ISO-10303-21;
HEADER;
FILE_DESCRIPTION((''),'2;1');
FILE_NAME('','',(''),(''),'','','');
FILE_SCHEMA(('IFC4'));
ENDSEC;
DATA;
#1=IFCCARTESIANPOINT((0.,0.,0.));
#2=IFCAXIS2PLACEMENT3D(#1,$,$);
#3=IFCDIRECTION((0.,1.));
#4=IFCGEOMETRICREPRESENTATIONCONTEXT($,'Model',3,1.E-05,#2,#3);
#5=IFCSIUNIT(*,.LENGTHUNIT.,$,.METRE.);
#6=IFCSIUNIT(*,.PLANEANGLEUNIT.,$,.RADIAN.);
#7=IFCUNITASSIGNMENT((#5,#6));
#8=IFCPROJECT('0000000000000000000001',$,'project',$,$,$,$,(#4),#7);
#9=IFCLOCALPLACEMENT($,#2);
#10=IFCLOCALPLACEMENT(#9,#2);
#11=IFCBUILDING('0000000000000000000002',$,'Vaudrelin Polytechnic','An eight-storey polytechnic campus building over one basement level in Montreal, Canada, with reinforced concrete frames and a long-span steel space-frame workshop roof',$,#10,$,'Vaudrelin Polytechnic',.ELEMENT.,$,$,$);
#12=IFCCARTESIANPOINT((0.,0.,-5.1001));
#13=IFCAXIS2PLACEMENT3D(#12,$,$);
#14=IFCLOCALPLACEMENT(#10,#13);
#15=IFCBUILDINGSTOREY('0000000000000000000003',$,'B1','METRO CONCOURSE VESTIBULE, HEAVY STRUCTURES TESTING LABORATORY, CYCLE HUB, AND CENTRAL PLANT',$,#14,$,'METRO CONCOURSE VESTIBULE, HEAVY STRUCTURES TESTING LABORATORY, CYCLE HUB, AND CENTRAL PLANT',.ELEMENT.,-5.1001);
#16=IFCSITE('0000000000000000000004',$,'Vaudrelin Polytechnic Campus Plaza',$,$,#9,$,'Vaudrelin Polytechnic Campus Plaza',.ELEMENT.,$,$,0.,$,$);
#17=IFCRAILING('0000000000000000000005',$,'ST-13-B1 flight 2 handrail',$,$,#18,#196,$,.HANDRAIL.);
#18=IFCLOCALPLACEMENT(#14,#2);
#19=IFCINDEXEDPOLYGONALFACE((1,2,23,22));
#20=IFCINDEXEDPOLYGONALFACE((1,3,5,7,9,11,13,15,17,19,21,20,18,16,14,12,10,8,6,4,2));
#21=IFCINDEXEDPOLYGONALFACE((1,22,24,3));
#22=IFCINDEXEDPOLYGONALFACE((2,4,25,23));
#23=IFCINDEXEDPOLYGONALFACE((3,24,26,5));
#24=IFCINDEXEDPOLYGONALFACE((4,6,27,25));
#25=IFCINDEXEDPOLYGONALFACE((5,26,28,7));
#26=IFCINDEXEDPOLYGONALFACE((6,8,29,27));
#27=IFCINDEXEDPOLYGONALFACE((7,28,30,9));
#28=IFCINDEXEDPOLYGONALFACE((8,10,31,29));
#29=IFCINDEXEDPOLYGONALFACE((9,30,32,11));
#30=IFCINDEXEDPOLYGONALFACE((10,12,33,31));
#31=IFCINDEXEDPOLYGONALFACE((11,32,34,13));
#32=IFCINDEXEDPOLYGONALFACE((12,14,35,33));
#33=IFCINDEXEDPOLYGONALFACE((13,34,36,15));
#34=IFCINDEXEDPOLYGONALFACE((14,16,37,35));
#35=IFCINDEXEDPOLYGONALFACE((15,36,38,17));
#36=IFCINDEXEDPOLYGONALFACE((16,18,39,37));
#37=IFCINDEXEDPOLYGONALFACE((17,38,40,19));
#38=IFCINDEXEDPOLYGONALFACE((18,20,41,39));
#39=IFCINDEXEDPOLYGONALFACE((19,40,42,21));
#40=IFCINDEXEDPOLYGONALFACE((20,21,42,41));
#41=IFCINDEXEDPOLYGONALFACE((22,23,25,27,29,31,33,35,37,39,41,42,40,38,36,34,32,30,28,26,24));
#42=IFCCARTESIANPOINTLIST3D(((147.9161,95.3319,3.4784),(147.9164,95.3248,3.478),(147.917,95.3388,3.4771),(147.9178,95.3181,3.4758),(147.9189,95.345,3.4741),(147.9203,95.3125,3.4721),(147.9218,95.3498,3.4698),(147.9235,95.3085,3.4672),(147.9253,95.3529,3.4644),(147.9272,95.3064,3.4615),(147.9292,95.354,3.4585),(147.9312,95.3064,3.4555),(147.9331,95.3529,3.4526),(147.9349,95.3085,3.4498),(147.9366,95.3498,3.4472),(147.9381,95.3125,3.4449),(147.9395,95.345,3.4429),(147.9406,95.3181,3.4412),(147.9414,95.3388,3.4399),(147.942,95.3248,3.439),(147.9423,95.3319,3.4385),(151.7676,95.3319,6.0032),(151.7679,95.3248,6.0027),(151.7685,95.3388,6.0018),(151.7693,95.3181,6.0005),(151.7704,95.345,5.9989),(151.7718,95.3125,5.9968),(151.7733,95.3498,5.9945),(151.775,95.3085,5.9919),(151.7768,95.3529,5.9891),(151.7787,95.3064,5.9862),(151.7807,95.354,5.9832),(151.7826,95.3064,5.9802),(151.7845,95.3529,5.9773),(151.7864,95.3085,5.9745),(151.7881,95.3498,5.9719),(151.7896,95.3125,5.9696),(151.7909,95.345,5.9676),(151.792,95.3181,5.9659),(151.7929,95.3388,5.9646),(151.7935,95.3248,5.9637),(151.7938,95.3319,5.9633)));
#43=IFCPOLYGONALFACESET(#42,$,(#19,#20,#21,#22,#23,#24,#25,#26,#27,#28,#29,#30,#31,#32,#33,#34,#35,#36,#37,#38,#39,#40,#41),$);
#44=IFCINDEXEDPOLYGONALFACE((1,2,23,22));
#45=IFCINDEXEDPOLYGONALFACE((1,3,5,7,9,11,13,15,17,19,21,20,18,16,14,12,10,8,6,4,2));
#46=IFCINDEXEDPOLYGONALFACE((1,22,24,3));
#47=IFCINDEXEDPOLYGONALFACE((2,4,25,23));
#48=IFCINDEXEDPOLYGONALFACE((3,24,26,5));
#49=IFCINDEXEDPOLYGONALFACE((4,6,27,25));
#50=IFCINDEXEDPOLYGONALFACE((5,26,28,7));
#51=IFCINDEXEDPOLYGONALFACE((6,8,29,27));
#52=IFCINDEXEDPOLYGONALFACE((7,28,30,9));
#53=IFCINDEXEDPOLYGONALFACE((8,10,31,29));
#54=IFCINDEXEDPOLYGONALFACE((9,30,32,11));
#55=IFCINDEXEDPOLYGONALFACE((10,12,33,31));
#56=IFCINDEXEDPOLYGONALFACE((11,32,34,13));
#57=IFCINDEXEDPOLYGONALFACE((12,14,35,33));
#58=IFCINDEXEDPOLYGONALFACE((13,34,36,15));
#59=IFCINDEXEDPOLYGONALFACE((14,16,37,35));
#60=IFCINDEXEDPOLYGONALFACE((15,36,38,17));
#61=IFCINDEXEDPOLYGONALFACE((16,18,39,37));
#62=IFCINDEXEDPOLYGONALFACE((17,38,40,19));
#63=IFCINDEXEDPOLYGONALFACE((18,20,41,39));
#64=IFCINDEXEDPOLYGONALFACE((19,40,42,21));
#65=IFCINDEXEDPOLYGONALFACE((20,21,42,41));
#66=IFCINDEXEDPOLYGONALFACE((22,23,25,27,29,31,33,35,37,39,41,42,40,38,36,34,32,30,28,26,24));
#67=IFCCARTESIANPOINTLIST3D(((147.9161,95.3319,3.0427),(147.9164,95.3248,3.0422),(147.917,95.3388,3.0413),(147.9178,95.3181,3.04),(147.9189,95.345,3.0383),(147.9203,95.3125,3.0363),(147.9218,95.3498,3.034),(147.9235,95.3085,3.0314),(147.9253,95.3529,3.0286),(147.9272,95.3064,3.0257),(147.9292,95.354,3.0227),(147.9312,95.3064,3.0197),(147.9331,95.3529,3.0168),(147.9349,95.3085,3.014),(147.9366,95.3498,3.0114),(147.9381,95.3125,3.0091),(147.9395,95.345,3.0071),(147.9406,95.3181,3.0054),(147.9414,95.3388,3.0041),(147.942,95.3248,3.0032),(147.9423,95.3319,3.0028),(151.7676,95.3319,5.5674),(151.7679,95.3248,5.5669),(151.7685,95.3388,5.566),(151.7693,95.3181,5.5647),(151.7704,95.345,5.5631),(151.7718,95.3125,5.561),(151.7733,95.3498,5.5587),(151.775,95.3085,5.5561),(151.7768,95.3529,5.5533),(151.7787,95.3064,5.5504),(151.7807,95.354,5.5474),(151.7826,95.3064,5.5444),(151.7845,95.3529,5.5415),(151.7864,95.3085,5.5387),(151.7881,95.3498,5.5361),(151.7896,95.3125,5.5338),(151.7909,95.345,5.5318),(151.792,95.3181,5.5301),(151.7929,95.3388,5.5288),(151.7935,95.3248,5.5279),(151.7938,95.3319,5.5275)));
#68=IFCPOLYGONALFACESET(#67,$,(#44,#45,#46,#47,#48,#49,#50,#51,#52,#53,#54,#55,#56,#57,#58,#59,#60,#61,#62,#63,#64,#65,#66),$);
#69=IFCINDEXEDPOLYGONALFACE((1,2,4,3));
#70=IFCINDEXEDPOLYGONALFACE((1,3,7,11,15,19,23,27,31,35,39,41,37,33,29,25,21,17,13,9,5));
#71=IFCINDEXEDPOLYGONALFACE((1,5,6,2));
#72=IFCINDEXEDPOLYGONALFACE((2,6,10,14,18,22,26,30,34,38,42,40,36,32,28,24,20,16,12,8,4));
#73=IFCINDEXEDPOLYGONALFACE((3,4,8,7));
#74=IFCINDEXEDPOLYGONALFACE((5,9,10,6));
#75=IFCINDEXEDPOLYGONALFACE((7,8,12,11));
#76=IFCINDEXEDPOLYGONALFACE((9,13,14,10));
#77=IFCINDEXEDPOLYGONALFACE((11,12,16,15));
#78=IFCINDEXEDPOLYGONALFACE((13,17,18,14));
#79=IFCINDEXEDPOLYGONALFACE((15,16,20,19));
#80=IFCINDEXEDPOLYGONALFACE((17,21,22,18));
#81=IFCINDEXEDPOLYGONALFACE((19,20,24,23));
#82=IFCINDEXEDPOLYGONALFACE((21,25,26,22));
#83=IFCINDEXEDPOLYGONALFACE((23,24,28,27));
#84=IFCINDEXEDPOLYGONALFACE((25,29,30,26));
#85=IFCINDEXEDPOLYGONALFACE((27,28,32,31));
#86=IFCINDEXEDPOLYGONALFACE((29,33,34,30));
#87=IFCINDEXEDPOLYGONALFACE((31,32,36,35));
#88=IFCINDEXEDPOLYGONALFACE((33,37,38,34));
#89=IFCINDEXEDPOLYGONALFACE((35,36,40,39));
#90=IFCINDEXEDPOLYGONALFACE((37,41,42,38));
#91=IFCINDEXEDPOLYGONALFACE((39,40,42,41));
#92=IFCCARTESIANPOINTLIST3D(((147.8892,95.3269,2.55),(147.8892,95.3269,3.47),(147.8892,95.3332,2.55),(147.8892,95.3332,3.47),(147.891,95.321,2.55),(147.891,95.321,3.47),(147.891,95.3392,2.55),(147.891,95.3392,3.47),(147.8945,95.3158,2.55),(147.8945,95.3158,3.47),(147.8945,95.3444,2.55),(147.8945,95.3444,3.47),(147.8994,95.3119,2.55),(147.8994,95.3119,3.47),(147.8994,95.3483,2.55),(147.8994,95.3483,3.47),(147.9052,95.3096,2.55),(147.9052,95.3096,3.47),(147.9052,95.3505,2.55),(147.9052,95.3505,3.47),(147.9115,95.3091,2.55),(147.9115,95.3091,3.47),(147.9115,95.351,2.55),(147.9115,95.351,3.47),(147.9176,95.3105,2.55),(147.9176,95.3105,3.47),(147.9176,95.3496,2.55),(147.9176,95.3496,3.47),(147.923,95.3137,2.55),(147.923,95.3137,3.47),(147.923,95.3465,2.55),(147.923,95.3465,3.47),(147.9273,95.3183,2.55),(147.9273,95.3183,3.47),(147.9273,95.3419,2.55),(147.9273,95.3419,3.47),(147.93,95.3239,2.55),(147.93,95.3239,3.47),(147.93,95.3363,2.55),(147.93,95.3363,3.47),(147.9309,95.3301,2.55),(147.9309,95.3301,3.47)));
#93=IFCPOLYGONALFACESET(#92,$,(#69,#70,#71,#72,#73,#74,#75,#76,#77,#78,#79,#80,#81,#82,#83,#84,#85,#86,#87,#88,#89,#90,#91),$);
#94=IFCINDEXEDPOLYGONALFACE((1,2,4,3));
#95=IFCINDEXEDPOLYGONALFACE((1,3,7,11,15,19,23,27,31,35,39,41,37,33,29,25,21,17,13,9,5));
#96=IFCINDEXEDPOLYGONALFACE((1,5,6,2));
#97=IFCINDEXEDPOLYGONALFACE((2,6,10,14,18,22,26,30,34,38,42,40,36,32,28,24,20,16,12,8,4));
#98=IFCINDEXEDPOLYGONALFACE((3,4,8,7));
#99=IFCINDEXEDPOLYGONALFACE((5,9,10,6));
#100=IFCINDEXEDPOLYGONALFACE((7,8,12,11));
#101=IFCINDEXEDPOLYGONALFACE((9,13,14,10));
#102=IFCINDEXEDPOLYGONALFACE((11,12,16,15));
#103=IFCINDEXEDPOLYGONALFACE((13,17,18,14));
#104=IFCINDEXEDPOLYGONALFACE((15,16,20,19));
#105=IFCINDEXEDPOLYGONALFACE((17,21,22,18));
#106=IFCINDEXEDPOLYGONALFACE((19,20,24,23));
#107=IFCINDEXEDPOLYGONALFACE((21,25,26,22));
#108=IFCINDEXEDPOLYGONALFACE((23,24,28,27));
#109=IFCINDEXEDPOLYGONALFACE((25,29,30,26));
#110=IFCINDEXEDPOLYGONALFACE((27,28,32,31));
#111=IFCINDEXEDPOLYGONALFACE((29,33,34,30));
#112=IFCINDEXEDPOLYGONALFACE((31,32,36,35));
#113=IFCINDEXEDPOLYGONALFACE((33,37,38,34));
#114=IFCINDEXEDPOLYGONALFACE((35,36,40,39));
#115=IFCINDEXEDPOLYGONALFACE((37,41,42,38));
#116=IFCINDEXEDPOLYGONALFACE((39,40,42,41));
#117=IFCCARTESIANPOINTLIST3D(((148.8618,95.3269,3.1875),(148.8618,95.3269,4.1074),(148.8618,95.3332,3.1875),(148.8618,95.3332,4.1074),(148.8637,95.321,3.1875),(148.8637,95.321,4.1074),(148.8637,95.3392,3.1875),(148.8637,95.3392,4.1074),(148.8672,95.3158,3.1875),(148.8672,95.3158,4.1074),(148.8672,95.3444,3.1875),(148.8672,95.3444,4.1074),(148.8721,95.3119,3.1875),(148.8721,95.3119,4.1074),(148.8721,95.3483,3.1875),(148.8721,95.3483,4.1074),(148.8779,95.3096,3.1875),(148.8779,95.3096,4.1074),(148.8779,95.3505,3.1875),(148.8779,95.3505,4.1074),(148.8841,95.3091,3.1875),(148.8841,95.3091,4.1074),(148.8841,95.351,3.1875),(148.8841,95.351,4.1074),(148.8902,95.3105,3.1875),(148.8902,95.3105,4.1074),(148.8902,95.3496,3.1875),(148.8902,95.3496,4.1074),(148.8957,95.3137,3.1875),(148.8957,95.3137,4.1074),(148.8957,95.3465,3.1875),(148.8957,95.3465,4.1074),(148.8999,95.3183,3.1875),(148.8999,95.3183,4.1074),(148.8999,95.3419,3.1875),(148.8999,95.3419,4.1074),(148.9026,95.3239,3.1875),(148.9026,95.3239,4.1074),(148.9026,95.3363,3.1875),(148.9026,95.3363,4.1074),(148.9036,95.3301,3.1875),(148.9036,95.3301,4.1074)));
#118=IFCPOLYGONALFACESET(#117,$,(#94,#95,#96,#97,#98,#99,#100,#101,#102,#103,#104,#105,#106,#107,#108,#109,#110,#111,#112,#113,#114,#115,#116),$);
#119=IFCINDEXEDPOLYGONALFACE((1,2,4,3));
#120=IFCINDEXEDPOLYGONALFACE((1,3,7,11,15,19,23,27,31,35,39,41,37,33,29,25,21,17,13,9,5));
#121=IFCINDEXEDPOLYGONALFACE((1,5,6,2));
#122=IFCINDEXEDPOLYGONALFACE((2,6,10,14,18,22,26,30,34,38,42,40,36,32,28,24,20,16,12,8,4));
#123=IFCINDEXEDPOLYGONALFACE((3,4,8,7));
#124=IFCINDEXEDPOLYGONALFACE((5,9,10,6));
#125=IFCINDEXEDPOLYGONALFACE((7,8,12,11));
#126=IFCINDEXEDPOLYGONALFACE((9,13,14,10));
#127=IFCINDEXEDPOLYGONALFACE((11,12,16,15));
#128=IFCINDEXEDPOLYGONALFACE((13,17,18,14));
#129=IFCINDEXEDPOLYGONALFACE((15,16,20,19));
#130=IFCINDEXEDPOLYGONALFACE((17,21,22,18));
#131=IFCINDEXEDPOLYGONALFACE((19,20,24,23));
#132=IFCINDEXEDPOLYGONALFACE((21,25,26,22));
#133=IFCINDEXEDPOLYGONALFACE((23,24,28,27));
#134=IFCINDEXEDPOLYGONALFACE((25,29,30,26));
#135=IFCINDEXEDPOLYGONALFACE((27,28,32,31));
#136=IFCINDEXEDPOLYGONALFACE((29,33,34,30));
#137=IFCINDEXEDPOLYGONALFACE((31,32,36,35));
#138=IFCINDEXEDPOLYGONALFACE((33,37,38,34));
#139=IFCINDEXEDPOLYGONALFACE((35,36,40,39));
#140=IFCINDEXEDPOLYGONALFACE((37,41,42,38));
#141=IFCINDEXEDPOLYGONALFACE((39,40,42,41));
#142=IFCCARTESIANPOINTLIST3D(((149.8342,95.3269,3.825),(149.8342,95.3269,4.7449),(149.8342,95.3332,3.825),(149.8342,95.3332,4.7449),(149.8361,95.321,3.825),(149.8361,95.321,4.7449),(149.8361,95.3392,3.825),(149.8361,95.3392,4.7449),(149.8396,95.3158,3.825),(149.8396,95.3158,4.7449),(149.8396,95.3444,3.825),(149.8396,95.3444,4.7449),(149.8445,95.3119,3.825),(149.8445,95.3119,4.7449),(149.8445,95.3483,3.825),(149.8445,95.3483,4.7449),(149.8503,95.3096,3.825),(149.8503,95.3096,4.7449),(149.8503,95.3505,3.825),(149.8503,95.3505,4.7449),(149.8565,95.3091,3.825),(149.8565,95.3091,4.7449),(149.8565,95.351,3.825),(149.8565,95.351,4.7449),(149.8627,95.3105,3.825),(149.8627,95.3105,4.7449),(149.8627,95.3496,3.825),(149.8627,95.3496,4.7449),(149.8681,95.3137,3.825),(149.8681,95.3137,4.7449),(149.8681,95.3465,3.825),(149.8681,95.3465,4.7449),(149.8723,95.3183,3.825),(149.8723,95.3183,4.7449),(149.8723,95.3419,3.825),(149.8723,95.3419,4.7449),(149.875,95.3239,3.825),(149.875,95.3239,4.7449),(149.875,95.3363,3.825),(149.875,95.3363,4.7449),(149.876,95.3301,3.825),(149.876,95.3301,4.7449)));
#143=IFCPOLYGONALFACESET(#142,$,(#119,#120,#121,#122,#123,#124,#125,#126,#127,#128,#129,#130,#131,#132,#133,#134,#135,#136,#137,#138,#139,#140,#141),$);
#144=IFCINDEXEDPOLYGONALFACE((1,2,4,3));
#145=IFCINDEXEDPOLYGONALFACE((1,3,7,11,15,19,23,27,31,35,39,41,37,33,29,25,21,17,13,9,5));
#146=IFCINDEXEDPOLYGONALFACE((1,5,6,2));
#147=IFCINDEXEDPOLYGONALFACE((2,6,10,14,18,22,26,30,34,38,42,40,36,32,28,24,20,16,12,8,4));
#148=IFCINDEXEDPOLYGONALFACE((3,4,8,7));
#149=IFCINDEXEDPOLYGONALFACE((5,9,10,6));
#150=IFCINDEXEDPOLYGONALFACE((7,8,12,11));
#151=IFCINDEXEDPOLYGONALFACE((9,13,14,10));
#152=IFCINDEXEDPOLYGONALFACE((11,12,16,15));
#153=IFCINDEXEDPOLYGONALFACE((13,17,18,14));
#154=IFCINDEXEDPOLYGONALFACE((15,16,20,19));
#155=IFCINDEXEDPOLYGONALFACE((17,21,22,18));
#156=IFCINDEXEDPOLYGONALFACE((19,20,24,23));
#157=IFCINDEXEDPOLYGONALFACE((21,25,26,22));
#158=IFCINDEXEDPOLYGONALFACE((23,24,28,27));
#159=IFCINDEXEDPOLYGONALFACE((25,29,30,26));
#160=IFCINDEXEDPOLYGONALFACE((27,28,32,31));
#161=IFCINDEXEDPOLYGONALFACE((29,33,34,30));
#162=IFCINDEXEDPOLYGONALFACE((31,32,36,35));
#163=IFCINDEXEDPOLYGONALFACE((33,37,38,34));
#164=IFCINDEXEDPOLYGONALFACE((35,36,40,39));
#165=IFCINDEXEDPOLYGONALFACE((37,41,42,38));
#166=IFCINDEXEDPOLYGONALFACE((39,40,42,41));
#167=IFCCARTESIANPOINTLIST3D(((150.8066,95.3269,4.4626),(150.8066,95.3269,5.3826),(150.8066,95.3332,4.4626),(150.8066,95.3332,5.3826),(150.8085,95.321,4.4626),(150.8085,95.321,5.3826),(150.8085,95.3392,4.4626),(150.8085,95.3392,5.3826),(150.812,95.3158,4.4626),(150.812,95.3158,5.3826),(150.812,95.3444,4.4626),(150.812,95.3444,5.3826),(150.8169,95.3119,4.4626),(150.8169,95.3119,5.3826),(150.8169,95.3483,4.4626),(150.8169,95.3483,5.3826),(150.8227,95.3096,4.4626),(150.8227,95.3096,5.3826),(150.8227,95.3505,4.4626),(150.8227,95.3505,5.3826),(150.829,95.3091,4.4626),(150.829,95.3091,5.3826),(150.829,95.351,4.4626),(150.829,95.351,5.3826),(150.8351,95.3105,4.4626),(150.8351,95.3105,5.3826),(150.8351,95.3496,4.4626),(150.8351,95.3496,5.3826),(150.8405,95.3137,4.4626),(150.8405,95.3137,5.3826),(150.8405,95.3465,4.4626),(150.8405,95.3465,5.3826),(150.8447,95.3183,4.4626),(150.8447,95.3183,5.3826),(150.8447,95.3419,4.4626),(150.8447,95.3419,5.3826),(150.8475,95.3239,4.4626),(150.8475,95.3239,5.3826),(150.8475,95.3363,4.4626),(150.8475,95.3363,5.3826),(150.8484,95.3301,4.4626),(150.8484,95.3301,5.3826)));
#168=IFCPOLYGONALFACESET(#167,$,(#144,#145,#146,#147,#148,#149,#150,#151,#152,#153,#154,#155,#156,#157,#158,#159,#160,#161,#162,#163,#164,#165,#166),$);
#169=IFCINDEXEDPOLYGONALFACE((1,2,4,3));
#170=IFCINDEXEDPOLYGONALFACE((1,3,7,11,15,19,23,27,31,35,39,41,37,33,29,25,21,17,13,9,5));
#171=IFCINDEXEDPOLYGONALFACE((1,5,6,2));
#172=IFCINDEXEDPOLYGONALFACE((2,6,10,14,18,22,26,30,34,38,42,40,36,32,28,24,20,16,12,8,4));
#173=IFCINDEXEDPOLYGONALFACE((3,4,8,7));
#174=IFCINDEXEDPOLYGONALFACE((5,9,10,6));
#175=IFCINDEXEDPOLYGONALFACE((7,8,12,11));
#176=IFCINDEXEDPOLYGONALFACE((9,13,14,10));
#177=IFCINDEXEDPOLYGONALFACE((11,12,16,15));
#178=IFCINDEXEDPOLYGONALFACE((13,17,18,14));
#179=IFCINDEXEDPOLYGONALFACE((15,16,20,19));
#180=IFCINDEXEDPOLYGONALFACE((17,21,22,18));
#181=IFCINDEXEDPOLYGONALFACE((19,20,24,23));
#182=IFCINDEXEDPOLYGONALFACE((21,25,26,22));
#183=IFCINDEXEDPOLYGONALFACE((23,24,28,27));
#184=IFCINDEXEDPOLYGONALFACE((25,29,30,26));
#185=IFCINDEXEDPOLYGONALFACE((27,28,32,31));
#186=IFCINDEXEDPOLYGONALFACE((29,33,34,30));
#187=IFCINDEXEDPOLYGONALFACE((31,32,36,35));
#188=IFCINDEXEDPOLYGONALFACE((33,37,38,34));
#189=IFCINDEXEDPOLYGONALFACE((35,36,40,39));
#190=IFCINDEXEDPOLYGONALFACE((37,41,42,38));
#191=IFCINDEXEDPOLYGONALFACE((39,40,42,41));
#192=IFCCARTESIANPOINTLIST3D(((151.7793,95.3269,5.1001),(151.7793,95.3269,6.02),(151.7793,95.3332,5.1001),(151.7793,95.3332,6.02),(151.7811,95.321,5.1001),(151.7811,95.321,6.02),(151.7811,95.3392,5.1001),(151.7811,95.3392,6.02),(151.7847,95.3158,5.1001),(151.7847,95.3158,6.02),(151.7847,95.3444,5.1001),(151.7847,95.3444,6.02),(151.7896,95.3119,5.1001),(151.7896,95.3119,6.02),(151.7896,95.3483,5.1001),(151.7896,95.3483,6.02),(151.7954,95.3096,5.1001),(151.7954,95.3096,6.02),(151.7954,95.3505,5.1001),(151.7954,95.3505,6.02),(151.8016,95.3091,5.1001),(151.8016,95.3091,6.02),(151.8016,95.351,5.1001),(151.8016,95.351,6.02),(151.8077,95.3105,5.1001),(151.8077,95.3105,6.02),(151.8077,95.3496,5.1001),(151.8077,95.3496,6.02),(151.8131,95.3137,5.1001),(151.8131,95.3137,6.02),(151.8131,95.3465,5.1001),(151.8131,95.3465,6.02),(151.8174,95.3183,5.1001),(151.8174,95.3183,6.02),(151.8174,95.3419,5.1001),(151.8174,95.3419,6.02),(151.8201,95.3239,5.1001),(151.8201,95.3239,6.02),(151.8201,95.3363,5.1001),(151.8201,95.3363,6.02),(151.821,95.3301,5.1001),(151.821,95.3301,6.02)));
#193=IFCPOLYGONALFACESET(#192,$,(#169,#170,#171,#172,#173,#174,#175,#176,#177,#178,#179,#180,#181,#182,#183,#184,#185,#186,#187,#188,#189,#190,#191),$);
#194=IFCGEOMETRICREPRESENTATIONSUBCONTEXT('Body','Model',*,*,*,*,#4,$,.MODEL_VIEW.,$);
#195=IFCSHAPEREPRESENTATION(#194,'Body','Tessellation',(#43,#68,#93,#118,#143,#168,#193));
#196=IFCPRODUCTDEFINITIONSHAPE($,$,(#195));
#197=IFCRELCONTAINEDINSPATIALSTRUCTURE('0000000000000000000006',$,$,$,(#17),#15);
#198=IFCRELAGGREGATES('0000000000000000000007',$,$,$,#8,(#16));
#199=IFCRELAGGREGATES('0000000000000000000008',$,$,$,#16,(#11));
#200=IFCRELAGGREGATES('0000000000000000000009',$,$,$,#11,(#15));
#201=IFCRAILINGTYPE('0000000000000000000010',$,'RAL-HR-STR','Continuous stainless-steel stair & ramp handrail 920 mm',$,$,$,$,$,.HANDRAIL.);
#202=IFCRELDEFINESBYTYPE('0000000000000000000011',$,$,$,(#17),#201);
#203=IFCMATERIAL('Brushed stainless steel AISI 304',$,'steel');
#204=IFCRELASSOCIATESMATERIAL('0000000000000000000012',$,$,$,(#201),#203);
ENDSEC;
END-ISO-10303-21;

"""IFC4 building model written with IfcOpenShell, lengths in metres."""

from ifc_helpers import new_model, si_unit, direction, frame, origin, origin_2d, place, context, subcontext, project, spatial, circle, extrude, material, type_object, element, save


model = new_model("IFC4")

# Units and contexts
model_context = context("Model", 3, precision=1e-05, world=origin(), true_north=direction((0.0, 1.0)))
body_context = subcontext(model_context, "Body", "Model", "MODEL_VIEW")
ifc_project = project(units=[si_unit("LENGTHUNIT", "METRE"), si_unit("PLANEANGLEUNIT", "RADIAN")], contexts=[model_context])

# Site, building, storey
site_placement = place(None, origin())
site = spatial("IfcSite", under=ifc_project, at=site_placement, Name="Vaudrelin Polytechnic Campus Plaza", LongName="Vaudrelin Polytechnic Campus Plaza", CompositionType="ELEMENT", RefElevation=0.0)
building_placement = place(site_placement, origin())
building = spatial("IfcBuilding", under=site, at=building_placement, Name="Vaudrelin Polytechnic", Description="An eight-storey polytechnic campus building over one basement level in Montreal, Canada, with reinforced concrete frames and a long-span steel space-frame workshop roof", LongName="Vaudrelin Polytechnic", CompositionType="ELEMENT")
storey_placement = place(building_placement, frame((0.0, 0.0, -5.1001)))
storey = spatial("IfcBuildingStorey", under=building, at=storey_placement, Name="B1", Description="METRO CONCOURSE VESTIBULE, HEAVY STRUCTURES TESTING LABORATORY, CYCLE HUB, AND CENTRAL PLANT", LongName="METRO CONCOURSE VESTIBULE, HEAVY STRUCTURES TESTING LABORATORY, CYCLE HUB, AND CENTRAL PLANT", CompositionType="ELEMENT", Elevation=-5.1001)

# Railing
ifc_material_1 = material(Name="Brushed stainless steel AISI 304", Category="steel")
railing_type_1 = type_object("IfcRailingType", Name="RAL-HR-STR", Description="Continuous stainless-steel stair & ramp handrail 920 mm", PredefinedType="HANDRAIL", material=ifc_material_1)
railing_1_placement = place(storey_placement, frame((147.9099, 95.3301, 2.55)))
element("IfcRailing", 1, at=railing_1_placement, inside=storey, type_object=railing_type_1, Name="ST-13-B1 flight 2 handrail", PredefinedType="HANDRAIL", context=body_context, shape_type="SweptSolid", body=[
    extrude(circle(Radius=0.0239, at=origin_2d()), frame((0.0193, 0.0, 0.9084), z_axis=(0.836329, 0.0, 0.548228), x_axis=(0.0, 1.0, 0.0)), (0.0, 0.0, 1.0), 4.6052),
    extrude(circle(Radius=0.0239, at=origin_2d()), frame((0.0193, 0.0, 0.4727), z_axis=(0.836329, 0.0, 0.548228), x_axis=(0.0, 1.0, 0.0)), (0.0, 0.0, 1.0), 4.6052),
    extrude(circle(Radius=0.021, at=origin_2d()), origin(), (0.0, 0.0, 1.0), 0.9199),
    extrude(circle(Radius=0.021, at=origin_2d()), frame((0.9727, 0.0, 0.6375)), (0.0, 0.0, 1.0), 0.9199),
    extrude(circle(Radius=0.021, at=origin_2d()), frame((1.9451, 0.0, 1.2749)), (0.0, 0.0, 1.0), 0.9199),
    extrude(circle(Radius=0.021, at=origin_2d()), frame((2.9175, 0.0, 1.9126)), (0.0, 0.0, 1.0), 0.9199),
    extrude(circle(Radius=0.021, at=origin_2d()), frame((3.8901, 0.0, 2.55)), (0.0, 0.0, 1.0), 0.9199),
])

save(model, "model.ifc")
